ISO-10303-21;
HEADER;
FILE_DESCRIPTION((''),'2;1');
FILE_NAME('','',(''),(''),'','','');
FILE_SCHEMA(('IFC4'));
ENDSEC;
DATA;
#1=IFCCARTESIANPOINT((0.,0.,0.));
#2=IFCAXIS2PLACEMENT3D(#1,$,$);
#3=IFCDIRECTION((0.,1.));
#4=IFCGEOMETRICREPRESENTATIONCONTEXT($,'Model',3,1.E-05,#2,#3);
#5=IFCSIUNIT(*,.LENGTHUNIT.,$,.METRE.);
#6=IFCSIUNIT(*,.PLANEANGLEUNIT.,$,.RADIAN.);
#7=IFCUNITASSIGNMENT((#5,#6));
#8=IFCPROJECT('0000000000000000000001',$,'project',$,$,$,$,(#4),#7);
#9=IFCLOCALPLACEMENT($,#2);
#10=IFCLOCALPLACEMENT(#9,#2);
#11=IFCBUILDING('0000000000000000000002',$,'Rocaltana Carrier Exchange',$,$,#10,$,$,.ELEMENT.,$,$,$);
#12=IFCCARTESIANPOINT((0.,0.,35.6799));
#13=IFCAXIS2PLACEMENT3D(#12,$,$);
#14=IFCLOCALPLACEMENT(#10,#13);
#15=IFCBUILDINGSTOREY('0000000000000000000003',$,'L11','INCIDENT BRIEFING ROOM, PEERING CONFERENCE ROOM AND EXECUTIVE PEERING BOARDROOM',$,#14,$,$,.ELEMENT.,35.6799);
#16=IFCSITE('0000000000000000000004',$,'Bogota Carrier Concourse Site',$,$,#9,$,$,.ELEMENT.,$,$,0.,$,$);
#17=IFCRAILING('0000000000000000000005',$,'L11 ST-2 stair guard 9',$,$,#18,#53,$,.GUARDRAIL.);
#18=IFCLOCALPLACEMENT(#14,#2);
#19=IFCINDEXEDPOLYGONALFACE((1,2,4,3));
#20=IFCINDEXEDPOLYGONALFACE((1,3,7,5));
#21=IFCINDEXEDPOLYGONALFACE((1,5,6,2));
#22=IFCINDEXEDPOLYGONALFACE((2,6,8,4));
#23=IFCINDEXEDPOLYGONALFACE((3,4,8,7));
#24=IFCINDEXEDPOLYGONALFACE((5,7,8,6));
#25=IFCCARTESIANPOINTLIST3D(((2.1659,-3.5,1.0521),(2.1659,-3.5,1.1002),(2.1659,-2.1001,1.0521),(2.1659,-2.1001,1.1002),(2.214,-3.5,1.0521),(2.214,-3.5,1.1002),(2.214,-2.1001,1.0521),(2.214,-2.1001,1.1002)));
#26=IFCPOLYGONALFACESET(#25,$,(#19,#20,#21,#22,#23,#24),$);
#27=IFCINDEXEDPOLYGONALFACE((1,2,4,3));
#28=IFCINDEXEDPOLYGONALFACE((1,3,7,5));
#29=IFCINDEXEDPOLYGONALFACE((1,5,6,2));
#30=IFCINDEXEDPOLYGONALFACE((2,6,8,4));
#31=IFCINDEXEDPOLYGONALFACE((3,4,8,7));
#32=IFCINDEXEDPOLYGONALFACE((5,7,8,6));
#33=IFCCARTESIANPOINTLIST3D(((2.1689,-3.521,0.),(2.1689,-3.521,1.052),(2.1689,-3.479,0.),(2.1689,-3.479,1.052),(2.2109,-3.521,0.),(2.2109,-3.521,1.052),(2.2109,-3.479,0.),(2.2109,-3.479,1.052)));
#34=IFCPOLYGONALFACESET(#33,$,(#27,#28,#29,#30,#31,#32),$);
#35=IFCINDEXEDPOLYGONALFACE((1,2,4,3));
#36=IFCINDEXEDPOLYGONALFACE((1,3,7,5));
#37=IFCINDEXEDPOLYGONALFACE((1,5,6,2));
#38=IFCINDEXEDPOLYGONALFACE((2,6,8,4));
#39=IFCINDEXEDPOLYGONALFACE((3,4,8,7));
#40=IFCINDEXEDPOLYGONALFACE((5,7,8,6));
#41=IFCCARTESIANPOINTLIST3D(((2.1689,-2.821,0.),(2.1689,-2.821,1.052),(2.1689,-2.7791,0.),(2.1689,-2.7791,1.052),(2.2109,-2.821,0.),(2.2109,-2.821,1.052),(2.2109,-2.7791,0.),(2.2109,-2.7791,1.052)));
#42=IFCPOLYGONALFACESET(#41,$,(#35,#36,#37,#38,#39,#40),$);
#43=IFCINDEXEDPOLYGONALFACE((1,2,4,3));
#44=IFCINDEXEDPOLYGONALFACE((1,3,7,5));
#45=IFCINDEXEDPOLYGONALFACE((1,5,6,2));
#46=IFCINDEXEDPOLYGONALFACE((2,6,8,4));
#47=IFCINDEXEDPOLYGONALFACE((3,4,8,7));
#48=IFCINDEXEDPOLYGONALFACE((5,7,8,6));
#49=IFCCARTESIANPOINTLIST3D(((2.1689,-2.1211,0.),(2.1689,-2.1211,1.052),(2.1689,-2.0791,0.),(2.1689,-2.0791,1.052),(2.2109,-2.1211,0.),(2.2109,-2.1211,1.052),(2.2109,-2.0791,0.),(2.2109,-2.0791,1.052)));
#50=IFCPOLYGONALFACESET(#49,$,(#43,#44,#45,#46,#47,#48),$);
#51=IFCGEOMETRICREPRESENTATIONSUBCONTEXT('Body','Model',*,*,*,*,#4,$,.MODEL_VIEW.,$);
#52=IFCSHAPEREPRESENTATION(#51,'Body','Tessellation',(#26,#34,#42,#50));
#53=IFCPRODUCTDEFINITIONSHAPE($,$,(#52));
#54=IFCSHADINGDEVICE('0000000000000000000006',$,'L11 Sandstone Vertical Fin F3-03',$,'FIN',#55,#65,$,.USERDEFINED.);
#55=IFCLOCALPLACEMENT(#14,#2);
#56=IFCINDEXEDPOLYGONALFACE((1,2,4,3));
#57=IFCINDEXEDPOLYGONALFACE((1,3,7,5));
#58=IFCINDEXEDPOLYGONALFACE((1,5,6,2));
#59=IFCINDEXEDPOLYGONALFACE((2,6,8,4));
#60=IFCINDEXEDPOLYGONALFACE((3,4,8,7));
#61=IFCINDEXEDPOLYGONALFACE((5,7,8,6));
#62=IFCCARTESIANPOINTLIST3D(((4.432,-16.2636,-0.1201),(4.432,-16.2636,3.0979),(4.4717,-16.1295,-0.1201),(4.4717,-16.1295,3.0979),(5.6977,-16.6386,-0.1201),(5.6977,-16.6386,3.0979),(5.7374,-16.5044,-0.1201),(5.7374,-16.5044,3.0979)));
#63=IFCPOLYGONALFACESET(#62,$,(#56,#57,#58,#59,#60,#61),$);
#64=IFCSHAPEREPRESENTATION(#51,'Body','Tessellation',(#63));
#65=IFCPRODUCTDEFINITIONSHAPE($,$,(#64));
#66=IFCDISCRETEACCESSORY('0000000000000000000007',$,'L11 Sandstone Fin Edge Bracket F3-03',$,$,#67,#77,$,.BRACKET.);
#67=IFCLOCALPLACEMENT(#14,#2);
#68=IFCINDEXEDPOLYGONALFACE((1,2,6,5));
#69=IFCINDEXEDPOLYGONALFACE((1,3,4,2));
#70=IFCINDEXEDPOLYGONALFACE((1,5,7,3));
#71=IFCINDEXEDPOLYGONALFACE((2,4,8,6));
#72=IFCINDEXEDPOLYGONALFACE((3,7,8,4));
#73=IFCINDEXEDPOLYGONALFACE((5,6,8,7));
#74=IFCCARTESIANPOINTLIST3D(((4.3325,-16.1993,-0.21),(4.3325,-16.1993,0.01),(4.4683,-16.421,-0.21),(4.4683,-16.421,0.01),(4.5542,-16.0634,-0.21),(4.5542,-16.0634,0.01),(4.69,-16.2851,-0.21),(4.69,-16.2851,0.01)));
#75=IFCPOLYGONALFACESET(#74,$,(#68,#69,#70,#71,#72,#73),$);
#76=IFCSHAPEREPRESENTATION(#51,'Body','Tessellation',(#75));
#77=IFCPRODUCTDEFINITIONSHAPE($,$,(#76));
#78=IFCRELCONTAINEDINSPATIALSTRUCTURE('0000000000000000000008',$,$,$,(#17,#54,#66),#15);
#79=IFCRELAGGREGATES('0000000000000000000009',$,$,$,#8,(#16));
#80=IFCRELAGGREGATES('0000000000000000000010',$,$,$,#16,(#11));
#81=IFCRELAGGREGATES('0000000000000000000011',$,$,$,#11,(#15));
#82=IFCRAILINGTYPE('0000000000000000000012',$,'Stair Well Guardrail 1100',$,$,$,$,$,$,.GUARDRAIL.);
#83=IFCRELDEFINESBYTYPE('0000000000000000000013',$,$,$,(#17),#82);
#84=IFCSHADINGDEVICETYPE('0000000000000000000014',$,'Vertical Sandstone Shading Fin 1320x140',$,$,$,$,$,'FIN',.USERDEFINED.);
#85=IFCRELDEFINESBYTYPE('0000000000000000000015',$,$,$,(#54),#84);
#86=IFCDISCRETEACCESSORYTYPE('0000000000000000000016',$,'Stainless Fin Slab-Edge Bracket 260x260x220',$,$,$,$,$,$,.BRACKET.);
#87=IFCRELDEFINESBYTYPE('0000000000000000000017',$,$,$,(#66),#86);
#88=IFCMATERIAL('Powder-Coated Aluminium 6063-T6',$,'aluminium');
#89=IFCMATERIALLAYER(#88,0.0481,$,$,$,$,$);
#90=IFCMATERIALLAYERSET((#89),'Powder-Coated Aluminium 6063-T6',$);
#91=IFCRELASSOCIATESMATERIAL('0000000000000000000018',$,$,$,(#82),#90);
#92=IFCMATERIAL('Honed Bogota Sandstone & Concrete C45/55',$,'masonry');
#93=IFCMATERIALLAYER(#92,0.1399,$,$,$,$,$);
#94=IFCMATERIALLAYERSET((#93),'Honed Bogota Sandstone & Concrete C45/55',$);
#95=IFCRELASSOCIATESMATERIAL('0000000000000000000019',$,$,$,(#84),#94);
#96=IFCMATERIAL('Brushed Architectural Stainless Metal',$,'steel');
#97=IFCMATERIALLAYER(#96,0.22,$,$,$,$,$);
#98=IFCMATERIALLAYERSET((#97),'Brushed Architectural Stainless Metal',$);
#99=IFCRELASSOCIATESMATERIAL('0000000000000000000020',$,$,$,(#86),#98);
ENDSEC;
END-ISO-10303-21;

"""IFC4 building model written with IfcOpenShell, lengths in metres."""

from ifc_helpers import new_model, si_unit, direction, frame, origin, origin_2d, place, context, subcontext, project, spatial, rectangle, extrude, material, layer, layer_set, type_object, element, save


model = new_model("IFC4")

# Units and contexts
model_context = context("Model", 3, precision=1e-05, world=origin(), true_north=direction((0.0, 1.0)))
body_context = subcontext(model_context, "Body", "Model", "MODEL_VIEW")
ifc_project = project(units=[si_unit("LENGTHUNIT", "METRE"), si_unit("PLANEANGLEUNIT", "RADIAN")], contexts=[model_context])

# Site, building, storey
site_placement = place(None, origin())
site = spatial("IfcSite", under=ifc_project, at=site_placement, Name="Bogota Carrier Concourse Site", CompositionType="ELEMENT", RefElevation=0.0)
building_placement = place(site_placement, origin())
building = spatial("IfcBuilding", under=site, at=building_placement, Name="Rocaltana Carrier Exchange", CompositionType="ELEMENT")
storey_placement = place(building_placement, frame((0.0, 0.0, 35.6799)))
storey = spatial("IfcBuildingStorey", under=building, at=storey_placement, Name="L11", Description="INCIDENT BRIEFING ROOM, PEERING CONFERENCE ROOM AND EXECUTIVE PEERING BOARDROOM", CompositionType="ELEMENT", Elevation=35.6799)

# Railing
ifc_material_1 = material(Name="Powder-Coated Aluminium 6063-T6", Category="aluminium")
ifc_layer_1 = layer(ifc_material_1, 0.0481)
ifc_layer_set_1 = layer_set([ifc_layer_1], Name="Powder-Coated Aluminium 6063-T6")
railing_type = type_object("IfcRailingType", Name="Stair Well Guardrail 1100", PredefinedType="GUARDRAIL", material=ifc_layer_set_1)
railing_placement = place(storey_placement, frame((2.1899, -3.5, 0.0)))
element("IfcRailing", 1, at=railing_placement, inside=storey, type_object=railing_type, Name="L11 ST-2 stair guard 9", PredefinedType="GUARDRAIL", context=body_context, shape_type="SweptSolid", body=[
    extrude(rectangle(XDim=0.0481, YDim=0.0481, at=origin_2d()), frame((0.0, 0.0, 1.0762), z_axis=(0.0, 1.0, 0.0), x_axis=(-1.0, 0.0, 0.0)), (0.0, 0.0, 1.0), 1.3999),
    extrude(rectangle(XDim=0.042, YDim=0.042, at=origin_2d()), origin(), (0.0, 0.0, 1.0), 1.052),
    extrude(rectangle(XDim=0.042, YDim=0.042, at=origin_2d()), frame((0.0, 0.7, 0.0)), (0.0, 0.0, 1.0), 1.052),
    extrude(rectangle(XDim=0.042, YDim=0.042, at=origin_2d()), frame((0.0, 1.3999, 0.0)), (0.0, 0.0, 1.0), 1.052),
])

# Shading device
ifc_material_2 = material(Name="Honed Bogota Sandstone & Concrete C45/55", Category="masonry")
ifc_layer_2 = layer(ifc_material_2, 0.1399)
ifc_layer_set_2 = layer_set([ifc_layer_2], Name="Honed Bogota Sandstone & Concrete C45/55")
shading_device_type = type_object("IfcShadingDeviceType", Name="Vertical Sandstone Shading Fin 1320x140", ElementType="FIN", PredefinedType="USERDEFINED", material=ifc_layer_set_2)
shading_device_placement = place(storey_placement, frame((5.0847, -16.384, -0.1201), z_axis=(0.0, 0.0, 1.0), x_axis=(0.95882, -0.284015, 0.0)))
element("IfcShadingDevice", 2, at=shading_device_placement, inside=storey, type_object=shading_device_type, Name="L11 Sandstone Vertical Fin F3-03", ObjectType="FIN", PredefinedType="USERDEFINED", context=body_context, shape_type="SweptSolid", body=[
    extrude(rectangle(XDim=1.3201, YDim=0.1399, at=origin_2d()), origin(), (0.0, 0.0, 1.0), 3.218),
])

# Discrete accessory
ifc_material_3 = material(Name="Brushed Architectural Stainless Metal", Category="steel")
ifc_layer_3 = layer(ifc_material_3, 0.22)
ifc_layer_set_3 = layer_set([ifc_layer_3], Name="Brushed Architectural Stainless Metal")
discrete_accessory_type = type_object("IfcDiscreteAccessoryType", Name="Stainless Fin Slab-Edge Bracket 260x260x220", PredefinedType="BRACKET", material=ifc_layer_set_3)
discrete_accessory_placement = place(storey_placement, frame((4.5112, -16.2422, -0.21), z_axis=(0.0, 0.0, 1.0), x_axis=(0.85264, 0.522499, 0.0)))
element("IfcDiscreteAccessory", 3, at=discrete_accessory_placement, inside=storey, type_object=discrete_accessory_type, Name="L11 Sandstone Fin Edge Bracket F3-03", PredefinedType="BRACKET", context=body_context, shape_type="SweptSolid", body=[
    extrude(rectangle(XDim=0.26, YDim=0.26, at=origin_2d()), origin(), (0.0, 0.0, 1.0), 0.22),
])

save(model, "model.ifc")
